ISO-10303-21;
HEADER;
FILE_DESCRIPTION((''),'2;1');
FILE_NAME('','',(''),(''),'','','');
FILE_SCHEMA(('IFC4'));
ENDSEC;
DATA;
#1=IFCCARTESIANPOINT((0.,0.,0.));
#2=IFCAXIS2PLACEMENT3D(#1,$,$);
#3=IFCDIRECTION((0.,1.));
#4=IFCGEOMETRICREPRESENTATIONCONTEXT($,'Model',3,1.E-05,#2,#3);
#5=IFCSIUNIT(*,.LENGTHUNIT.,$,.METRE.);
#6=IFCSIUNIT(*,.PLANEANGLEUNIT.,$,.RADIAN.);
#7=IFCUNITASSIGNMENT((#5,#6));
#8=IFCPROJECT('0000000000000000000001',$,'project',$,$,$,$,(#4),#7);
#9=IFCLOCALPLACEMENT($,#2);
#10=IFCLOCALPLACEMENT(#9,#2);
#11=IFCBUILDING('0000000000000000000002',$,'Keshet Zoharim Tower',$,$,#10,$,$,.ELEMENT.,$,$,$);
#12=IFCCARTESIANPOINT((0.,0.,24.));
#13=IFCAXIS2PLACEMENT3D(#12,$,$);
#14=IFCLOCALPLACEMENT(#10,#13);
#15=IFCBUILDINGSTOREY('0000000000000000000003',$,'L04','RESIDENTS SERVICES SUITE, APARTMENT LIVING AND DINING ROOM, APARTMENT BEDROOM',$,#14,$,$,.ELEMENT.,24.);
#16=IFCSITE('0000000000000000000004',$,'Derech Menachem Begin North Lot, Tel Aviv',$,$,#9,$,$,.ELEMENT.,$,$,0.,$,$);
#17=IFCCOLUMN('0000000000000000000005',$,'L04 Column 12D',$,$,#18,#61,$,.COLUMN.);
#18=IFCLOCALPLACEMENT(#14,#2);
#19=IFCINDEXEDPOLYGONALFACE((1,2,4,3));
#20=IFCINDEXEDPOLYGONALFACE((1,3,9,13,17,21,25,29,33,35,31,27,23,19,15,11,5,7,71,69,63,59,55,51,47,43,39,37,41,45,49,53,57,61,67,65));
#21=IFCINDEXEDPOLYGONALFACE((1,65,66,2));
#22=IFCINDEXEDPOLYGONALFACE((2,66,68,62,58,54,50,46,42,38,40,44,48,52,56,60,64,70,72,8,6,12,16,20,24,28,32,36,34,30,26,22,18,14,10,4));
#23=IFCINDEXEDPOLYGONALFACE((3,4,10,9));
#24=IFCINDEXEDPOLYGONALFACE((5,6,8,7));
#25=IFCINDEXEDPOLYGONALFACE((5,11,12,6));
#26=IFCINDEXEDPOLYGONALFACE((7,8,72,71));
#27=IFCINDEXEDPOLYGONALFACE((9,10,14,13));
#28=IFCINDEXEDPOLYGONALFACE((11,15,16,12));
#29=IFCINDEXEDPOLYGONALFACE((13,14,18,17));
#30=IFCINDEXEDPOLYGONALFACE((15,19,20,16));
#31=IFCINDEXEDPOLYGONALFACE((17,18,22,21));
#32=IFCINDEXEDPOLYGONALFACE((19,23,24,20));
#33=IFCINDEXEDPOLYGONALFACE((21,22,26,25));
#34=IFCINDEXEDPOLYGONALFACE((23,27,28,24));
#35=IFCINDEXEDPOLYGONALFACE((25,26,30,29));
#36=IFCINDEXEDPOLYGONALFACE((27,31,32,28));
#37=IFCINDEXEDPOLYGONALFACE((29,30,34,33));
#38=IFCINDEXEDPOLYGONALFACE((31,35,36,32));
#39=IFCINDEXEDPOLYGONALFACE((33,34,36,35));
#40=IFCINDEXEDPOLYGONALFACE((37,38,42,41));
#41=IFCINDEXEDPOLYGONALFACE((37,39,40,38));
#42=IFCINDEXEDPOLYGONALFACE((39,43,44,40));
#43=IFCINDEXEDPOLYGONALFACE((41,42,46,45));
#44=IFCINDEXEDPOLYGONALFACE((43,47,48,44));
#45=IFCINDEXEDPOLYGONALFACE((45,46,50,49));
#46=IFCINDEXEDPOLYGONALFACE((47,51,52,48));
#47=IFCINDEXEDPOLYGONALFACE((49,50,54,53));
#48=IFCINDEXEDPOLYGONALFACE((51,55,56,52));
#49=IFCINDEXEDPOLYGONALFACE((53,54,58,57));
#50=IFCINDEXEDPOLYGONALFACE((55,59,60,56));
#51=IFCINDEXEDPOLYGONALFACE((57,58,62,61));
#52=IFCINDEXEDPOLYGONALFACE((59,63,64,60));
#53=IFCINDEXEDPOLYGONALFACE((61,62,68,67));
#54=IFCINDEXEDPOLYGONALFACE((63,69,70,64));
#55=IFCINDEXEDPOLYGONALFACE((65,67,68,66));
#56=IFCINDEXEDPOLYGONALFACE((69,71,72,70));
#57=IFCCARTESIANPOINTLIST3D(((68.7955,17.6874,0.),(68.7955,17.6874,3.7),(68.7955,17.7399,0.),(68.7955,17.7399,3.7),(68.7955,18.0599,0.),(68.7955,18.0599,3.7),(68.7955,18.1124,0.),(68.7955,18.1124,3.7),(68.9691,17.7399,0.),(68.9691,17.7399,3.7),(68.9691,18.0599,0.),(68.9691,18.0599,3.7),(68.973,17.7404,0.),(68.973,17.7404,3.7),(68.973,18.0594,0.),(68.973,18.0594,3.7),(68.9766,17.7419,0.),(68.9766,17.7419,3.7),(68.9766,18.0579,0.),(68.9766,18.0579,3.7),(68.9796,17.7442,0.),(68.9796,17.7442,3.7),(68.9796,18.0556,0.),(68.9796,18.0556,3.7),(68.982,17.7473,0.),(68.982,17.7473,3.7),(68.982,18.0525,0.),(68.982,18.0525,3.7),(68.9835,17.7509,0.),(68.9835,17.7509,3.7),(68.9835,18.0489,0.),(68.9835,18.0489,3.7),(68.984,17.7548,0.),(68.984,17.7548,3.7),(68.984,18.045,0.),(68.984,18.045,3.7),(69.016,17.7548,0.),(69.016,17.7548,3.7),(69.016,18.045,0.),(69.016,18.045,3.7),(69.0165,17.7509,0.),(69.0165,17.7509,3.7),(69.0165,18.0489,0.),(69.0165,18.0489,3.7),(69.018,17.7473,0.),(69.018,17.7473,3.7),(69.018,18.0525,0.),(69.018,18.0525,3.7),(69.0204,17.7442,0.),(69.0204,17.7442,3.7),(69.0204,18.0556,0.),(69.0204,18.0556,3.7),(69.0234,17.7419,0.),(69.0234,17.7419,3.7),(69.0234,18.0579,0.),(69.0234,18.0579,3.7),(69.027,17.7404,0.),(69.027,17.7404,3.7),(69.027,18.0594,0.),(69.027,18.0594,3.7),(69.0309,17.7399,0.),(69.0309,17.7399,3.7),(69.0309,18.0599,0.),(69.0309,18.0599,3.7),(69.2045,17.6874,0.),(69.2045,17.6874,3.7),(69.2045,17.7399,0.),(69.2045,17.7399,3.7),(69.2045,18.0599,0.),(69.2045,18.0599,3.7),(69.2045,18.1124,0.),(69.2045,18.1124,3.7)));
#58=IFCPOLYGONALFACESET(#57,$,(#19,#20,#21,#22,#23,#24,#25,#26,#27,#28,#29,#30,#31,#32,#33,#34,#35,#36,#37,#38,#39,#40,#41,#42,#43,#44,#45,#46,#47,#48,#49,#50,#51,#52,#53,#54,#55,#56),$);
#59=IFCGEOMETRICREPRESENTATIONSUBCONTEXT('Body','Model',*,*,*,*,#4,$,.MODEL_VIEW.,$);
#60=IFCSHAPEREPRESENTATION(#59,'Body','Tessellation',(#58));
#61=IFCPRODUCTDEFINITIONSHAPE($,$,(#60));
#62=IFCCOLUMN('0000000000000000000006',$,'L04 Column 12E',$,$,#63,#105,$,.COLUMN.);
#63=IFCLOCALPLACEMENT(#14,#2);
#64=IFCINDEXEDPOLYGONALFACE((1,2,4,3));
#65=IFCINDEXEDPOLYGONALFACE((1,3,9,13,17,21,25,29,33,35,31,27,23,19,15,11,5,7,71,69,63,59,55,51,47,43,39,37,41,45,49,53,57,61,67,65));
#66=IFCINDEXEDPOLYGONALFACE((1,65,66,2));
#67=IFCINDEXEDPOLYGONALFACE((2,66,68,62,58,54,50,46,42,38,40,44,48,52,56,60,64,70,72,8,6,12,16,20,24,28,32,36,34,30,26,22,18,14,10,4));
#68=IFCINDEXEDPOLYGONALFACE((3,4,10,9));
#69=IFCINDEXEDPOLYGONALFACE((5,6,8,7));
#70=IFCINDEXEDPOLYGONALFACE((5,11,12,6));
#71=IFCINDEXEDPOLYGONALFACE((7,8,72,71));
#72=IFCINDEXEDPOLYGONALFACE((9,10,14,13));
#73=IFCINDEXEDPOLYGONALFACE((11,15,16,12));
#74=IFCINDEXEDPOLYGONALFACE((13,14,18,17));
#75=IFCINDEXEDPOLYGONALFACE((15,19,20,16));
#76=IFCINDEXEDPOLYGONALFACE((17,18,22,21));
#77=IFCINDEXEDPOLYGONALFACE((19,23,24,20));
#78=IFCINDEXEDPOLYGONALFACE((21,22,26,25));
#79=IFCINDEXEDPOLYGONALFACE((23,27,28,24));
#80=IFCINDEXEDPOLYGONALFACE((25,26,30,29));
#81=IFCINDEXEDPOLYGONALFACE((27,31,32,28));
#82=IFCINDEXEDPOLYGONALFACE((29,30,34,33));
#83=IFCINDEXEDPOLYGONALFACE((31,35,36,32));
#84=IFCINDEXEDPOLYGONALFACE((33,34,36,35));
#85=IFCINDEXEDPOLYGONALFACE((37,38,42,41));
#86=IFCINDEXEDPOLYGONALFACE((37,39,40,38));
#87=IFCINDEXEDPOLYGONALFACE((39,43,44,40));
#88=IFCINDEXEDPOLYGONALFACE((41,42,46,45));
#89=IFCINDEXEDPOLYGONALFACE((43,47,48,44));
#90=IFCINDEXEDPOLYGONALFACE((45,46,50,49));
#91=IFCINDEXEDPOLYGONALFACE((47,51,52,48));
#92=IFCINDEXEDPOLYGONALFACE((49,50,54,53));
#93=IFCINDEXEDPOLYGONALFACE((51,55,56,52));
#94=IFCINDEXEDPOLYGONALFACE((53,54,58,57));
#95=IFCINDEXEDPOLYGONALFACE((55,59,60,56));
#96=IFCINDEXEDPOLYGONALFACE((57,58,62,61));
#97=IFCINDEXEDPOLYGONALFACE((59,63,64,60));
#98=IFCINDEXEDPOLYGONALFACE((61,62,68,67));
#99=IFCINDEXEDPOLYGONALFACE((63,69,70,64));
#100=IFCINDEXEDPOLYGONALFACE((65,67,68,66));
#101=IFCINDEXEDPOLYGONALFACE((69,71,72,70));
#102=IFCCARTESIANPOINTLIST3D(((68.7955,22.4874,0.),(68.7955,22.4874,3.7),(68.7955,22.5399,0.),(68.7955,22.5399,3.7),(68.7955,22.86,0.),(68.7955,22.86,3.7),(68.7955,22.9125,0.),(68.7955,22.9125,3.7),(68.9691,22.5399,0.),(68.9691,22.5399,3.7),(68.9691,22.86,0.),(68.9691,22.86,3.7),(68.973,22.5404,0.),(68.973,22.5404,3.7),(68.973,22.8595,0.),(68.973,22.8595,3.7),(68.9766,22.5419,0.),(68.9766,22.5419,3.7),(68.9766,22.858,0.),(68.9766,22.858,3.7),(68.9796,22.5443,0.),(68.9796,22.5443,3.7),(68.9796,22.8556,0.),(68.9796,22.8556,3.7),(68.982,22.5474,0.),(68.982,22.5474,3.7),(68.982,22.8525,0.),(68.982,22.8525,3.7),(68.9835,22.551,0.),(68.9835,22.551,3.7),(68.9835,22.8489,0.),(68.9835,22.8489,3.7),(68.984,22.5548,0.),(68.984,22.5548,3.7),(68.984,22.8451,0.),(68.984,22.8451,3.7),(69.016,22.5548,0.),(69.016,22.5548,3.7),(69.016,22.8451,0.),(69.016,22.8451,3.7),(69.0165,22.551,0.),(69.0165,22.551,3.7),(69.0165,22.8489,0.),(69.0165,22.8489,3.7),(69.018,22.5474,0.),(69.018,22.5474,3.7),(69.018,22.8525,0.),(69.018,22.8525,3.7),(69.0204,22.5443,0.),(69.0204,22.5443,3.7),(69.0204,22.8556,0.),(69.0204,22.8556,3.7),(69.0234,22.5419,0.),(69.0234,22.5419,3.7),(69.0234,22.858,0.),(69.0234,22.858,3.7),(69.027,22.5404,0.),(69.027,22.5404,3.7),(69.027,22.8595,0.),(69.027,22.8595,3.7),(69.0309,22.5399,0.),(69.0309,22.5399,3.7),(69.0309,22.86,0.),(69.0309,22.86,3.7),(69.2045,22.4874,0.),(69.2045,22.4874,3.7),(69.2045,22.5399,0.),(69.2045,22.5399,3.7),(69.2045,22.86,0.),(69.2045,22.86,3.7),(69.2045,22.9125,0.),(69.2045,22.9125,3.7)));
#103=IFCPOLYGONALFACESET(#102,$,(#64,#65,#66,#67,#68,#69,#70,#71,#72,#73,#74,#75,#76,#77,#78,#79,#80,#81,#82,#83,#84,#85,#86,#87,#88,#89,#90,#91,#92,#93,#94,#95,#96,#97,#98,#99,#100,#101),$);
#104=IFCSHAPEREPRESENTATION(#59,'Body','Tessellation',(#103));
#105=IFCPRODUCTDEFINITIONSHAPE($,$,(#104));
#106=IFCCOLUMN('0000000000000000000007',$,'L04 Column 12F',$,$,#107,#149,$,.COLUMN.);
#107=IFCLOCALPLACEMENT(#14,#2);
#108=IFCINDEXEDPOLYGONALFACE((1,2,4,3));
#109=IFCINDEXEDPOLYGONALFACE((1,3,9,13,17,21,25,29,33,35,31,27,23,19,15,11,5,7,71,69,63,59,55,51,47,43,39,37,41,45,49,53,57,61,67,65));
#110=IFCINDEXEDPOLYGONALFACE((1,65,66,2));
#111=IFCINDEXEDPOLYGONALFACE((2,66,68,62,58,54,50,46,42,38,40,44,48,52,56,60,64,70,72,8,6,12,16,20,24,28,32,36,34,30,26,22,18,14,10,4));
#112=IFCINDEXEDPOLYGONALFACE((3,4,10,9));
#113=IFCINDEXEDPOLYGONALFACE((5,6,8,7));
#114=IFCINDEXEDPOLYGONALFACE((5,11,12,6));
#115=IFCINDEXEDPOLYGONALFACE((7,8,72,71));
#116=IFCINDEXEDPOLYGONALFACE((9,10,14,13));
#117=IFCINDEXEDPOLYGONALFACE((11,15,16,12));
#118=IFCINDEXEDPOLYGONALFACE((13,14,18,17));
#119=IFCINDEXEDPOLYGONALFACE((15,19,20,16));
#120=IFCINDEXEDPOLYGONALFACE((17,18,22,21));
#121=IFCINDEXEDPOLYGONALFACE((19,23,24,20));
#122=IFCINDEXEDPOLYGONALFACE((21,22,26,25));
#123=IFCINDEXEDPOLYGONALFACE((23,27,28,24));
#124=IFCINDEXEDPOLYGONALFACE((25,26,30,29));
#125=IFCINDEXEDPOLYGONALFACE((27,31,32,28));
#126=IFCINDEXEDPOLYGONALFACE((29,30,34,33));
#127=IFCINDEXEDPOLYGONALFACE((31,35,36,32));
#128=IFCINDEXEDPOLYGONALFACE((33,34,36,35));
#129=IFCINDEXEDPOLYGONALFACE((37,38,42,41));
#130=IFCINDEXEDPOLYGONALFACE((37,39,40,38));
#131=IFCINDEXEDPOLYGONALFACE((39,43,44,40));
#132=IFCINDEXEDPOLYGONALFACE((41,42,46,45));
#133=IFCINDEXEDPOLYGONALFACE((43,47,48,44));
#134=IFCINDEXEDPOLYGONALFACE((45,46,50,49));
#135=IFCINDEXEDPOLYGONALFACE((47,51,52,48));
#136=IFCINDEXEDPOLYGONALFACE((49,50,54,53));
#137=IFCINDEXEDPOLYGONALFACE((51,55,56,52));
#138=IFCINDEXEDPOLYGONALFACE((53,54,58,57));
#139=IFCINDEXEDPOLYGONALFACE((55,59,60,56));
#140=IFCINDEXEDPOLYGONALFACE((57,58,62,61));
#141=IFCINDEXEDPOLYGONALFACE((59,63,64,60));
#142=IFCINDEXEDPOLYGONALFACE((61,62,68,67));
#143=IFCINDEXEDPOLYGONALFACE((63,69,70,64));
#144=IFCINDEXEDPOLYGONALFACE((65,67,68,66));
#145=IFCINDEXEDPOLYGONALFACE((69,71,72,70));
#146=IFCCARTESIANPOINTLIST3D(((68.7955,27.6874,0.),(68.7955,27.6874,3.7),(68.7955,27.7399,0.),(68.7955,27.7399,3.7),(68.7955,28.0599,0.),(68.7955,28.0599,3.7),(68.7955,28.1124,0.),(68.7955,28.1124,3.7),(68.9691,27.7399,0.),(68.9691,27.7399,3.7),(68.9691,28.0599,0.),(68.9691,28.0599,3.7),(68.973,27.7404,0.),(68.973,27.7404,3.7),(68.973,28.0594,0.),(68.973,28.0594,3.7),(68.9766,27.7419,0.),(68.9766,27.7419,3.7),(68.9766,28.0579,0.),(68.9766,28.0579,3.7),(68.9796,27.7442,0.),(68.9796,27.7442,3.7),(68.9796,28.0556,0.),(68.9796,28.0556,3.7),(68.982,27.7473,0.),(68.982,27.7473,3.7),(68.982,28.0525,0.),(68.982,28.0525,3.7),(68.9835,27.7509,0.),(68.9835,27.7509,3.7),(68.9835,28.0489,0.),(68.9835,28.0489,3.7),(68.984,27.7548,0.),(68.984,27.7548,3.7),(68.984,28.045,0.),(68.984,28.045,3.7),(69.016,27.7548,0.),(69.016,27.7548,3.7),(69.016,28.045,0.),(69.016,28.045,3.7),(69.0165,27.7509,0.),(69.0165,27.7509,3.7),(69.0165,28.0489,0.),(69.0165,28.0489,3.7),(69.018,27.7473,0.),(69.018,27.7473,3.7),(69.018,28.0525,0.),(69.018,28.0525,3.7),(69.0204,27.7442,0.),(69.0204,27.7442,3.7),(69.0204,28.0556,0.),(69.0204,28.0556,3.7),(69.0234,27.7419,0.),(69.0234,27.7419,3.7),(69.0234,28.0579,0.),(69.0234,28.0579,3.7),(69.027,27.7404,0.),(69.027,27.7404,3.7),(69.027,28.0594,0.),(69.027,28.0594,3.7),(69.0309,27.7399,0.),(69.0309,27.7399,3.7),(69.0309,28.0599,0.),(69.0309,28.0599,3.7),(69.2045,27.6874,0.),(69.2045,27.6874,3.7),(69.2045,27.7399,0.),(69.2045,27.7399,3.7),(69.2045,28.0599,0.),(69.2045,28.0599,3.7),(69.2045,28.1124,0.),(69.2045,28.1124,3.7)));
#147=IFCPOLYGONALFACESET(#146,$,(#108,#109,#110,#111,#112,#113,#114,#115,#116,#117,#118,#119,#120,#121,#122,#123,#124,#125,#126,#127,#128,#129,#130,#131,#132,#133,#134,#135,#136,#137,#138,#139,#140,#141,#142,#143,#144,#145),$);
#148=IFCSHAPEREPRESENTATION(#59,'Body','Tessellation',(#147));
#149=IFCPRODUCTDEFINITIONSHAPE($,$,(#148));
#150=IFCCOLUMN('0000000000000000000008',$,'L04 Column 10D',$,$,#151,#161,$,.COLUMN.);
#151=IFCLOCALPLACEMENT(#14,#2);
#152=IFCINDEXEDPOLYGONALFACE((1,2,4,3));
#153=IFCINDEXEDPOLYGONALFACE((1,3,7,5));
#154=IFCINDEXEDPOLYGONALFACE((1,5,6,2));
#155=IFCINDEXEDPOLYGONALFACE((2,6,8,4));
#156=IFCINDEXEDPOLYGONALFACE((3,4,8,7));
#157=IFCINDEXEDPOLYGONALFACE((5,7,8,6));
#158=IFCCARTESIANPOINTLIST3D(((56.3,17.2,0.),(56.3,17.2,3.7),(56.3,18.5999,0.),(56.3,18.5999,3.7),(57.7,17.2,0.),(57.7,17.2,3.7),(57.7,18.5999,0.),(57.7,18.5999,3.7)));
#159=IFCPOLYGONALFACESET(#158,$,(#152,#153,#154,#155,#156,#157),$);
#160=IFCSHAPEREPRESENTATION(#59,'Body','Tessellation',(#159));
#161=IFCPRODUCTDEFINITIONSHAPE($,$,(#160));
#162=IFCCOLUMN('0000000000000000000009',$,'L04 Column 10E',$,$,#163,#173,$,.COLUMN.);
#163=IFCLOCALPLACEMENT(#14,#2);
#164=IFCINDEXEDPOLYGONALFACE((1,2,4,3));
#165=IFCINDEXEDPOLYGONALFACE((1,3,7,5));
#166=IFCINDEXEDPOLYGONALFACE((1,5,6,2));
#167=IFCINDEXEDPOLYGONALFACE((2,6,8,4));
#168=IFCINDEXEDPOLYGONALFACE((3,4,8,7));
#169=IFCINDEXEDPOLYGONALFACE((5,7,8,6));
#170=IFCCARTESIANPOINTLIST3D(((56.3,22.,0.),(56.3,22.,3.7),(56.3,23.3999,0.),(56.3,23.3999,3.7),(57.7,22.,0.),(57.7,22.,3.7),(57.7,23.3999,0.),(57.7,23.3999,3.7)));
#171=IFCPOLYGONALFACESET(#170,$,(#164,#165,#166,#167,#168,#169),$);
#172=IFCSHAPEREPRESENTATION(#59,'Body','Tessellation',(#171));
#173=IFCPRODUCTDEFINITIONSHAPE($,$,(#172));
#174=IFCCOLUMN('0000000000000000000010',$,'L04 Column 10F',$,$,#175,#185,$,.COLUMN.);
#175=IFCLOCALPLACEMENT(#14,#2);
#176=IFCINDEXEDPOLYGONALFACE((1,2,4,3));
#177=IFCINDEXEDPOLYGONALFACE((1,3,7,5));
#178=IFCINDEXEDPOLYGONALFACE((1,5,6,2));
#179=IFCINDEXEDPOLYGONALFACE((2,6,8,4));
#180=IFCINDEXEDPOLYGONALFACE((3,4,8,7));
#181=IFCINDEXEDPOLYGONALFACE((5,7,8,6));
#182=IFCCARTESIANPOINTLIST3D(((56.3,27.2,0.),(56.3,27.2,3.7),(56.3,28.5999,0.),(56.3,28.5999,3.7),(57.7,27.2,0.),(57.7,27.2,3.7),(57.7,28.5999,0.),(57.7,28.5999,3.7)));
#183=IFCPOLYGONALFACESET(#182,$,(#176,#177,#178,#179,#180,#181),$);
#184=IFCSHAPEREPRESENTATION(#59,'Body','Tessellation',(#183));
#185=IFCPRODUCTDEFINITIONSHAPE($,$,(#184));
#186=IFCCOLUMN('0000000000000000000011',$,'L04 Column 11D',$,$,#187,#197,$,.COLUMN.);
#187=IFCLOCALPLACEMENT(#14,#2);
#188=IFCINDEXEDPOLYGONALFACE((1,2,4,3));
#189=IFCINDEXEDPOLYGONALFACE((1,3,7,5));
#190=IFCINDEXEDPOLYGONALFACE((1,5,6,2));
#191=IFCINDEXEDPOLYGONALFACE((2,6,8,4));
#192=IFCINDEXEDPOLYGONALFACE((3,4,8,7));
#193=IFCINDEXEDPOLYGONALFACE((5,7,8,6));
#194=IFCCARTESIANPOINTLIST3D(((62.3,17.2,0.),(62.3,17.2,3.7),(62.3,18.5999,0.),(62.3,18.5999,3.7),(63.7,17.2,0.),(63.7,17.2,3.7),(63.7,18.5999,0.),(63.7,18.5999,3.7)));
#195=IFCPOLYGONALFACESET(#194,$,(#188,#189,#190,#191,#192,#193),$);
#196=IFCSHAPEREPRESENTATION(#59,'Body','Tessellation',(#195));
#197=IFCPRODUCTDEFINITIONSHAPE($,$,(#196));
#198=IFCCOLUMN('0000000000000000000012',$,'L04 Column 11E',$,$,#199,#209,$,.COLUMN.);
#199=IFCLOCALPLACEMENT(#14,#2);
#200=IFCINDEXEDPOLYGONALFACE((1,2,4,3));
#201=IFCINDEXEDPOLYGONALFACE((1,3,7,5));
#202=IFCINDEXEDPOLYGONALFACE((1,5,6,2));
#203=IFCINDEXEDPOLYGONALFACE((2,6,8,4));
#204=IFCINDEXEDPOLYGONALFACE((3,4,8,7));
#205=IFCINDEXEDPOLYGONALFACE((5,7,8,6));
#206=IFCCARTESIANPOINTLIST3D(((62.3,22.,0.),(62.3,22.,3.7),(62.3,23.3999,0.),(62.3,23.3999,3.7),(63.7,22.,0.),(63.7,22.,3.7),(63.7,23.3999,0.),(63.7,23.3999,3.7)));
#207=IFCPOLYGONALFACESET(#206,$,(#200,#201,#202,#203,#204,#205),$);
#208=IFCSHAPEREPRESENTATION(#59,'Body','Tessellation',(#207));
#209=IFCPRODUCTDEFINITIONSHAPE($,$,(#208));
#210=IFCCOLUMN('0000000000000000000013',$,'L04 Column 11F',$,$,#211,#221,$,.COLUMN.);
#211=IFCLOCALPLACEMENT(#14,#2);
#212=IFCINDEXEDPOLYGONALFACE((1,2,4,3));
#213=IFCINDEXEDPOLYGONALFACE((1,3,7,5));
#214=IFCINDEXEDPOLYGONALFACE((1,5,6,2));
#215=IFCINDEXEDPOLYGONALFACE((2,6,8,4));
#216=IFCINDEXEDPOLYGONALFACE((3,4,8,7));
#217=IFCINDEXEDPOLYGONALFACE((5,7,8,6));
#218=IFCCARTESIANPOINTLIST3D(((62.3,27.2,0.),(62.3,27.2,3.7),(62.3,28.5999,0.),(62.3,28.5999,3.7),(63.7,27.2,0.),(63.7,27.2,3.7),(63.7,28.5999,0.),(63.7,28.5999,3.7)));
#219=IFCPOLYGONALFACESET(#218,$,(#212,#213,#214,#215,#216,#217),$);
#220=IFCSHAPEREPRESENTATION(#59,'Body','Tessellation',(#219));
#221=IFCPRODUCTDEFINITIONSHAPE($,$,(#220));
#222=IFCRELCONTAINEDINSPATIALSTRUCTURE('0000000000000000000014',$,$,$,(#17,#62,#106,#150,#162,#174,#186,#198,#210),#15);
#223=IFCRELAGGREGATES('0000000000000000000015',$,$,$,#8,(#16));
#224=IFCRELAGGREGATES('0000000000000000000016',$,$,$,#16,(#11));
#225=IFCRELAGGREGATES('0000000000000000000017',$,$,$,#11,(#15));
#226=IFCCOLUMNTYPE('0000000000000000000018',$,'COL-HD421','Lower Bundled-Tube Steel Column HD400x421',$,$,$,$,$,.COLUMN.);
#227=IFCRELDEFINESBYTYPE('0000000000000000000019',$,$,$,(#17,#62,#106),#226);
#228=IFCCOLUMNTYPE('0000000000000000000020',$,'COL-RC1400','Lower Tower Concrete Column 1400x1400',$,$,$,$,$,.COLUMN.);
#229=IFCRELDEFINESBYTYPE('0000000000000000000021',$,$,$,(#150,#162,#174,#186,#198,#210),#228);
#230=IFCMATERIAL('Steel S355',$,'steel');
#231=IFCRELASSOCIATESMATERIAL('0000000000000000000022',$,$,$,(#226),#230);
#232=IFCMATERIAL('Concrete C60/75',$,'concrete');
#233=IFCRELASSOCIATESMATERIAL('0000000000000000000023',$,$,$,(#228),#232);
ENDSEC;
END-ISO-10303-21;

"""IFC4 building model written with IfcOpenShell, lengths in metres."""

from ifc_helpers import new_model, si_unit, direction, frame, origin, origin_2d, place, context, subcontext, project, spatial, rectangle, i_section, extrude, material, material_profile, profile_set, type_object, element, save


model = new_model("IFC4")

# Units and contexts
model_context = context("Model", 3, precision=1e-05, world=origin(), true_north=direction((0.0, 1.0)))
body_context = subcontext(model_context, "Body", "Model", "MODEL_VIEW")
ifc_project = project(units=[si_unit("LENGTHUNIT", "METRE"), si_unit("PLANEANGLEUNIT", "RADIAN")], contexts=[model_context])

# Site, building, storey
site_placement = place(None, origin())
site = spatial("IfcSite", under=ifc_project, at=site_placement, Name="Derech Menachem Begin North Lot, Tel Aviv", CompositionType="ELEMENT", RefElevation=0.0)
building_placement = place(site_placement, origin())
building = spatial("IfcBuilding", under=site, at=building_placement, Name="Keshet Zoharim Tower", CompositionType="ELEMENT")
storey_placement = place(building_placement, frame((0.0, 0.0, 24.0)))
storey = spatial("IfcBuildingStorey", under=building, at=storey_placement, Name="L04", Description="RESIDENTS SERVICES SUITE, APARTMENT LIVING AND DINING ROOM, APARTMENT BEDROOM", CompositionType="ELEMENT", Elevation=24.0)

# Columns
ifc_material_1 = material(Name="Steel S355", Category="steel")
ifc_material_profile_1 = material_profile(ifc_material_1, i_section(OverallWidth=0.4089, OverallDepth=0.425, WebThickness=0.032, FlangeThickness=0.0525, FilletRadius=0.0149, at=origin_2d()), Name="HD400x421")
ifc_profile_set_1 = profile_set([ifc_material_profile_1], Name="Steel S355")
column_type_1 = type_object("IfcColumnType", Name="COL-HD421", Description="Lower Bundled-Tube Steel Column HD400x421", PredefinedType="COLUMN", material=ifc_profile_set_1)
for number, where, z_axis, x_axis, name in (
    (1, (69.0, 17.8999, 0.0), (0.0, 0.0, 1.0), (1.0, 0.0, 0.0), "L04 Column 12D"),
    (2, (69.0, 22.7, 0.0), (0.0, 0.0, 1.0), (1.0, 0.0, 0.0), "L04 Column 12E"),
    (3, (69.0, 27.8999, 0.0), (0.0, 0.0, 1.0), (1.0, 0.0, 0.0), "L04 Column 12F"),
):
    element("IfcColumn", number, at=place(storey_placement, frame(where, z_axis=z_axis, x_axis=x_axis)), inside=storey, type_object=column_type_1, Name=name, PredefinedType="COLUMN", context=body_context, shape_type="SweptSolid", body=[
        extrude(i_section(OverallWidth=0.4089, OverallDepth=0.425, WebThickness=0.032, FlangeThickness=0.0525, FilletRadius=0.0149, at=origin_2d()), origin(), (0.0, 0.0, 1.0), 3.7),
    ])
ifc_material_2 = material(Name="Concrete C60/75", Category="concrete")
ifc_material_profile_2 = material_profile(ifc_material_2, rectangle(XDim=1.3999, YDim=1.3999, at=origin_2d()), Name="RC1400x1400")
ifc_profile_set_2 = profile_set([ifc_material_profile_2], Name="Concrete C60/75")
column_type_2 = type_object("IfcColumnType", Name="COL-RC1400", Description="Lower Tower Concrete Column 1400x1400", PredefinedType="COLUMN", material=ifc_profile_set_2)
for number, where, z_axis, x_axis, name in (
    (4, (57.0, 17.8999, 0.0), (0.0, 0.0, 1.0), (1.0, 0.0, 0.0), "L04 Column 10D"),
    (5, (57.0, 22.7, 0.0), (0.0, 0.0, 1.0), (1.0, 0.0, 0.0), "L04 Column 10E"),
    (6, (57.0, 27.8999, 0.0), (0.0, 0.0, 1.0), (1.0, 0.0, 0.0), "L04 Column 10F"),
    (7, (63.0, 17.8999, 0.0), (0.0, 0.0, 1.0), (1.0, 0.0, 0.0), "L04 Column 11D"),
    (8, (63.0, 22.7, 0.0), (0.0, 0.0, 1.0), (1.0, 0.0, 0.0), "L04 Column 11E"),
    (9, (63.0, 27.8999, 0.0), (0.0, 0.0, 1.0), (1.0, 0.0, 0.0), "L04 Column 11F"),
):
    element("IfcColumn", number, at=place(storey_placement, frame(where, z_axis=z_axis, x_axis=x_axis)), inside=storey, type_object=column_type_2, Name=name, PredefinedType="COLUMN", context=body_context, shape_type="SweptSolid", body=[
        extrude(rectangle(XDim=1.3999, YDim=1.3999, at=origin_2d()), origin(), (0.0, 0.0, 1.0), 3.7),
    ])

save(model, "model.ifc")
